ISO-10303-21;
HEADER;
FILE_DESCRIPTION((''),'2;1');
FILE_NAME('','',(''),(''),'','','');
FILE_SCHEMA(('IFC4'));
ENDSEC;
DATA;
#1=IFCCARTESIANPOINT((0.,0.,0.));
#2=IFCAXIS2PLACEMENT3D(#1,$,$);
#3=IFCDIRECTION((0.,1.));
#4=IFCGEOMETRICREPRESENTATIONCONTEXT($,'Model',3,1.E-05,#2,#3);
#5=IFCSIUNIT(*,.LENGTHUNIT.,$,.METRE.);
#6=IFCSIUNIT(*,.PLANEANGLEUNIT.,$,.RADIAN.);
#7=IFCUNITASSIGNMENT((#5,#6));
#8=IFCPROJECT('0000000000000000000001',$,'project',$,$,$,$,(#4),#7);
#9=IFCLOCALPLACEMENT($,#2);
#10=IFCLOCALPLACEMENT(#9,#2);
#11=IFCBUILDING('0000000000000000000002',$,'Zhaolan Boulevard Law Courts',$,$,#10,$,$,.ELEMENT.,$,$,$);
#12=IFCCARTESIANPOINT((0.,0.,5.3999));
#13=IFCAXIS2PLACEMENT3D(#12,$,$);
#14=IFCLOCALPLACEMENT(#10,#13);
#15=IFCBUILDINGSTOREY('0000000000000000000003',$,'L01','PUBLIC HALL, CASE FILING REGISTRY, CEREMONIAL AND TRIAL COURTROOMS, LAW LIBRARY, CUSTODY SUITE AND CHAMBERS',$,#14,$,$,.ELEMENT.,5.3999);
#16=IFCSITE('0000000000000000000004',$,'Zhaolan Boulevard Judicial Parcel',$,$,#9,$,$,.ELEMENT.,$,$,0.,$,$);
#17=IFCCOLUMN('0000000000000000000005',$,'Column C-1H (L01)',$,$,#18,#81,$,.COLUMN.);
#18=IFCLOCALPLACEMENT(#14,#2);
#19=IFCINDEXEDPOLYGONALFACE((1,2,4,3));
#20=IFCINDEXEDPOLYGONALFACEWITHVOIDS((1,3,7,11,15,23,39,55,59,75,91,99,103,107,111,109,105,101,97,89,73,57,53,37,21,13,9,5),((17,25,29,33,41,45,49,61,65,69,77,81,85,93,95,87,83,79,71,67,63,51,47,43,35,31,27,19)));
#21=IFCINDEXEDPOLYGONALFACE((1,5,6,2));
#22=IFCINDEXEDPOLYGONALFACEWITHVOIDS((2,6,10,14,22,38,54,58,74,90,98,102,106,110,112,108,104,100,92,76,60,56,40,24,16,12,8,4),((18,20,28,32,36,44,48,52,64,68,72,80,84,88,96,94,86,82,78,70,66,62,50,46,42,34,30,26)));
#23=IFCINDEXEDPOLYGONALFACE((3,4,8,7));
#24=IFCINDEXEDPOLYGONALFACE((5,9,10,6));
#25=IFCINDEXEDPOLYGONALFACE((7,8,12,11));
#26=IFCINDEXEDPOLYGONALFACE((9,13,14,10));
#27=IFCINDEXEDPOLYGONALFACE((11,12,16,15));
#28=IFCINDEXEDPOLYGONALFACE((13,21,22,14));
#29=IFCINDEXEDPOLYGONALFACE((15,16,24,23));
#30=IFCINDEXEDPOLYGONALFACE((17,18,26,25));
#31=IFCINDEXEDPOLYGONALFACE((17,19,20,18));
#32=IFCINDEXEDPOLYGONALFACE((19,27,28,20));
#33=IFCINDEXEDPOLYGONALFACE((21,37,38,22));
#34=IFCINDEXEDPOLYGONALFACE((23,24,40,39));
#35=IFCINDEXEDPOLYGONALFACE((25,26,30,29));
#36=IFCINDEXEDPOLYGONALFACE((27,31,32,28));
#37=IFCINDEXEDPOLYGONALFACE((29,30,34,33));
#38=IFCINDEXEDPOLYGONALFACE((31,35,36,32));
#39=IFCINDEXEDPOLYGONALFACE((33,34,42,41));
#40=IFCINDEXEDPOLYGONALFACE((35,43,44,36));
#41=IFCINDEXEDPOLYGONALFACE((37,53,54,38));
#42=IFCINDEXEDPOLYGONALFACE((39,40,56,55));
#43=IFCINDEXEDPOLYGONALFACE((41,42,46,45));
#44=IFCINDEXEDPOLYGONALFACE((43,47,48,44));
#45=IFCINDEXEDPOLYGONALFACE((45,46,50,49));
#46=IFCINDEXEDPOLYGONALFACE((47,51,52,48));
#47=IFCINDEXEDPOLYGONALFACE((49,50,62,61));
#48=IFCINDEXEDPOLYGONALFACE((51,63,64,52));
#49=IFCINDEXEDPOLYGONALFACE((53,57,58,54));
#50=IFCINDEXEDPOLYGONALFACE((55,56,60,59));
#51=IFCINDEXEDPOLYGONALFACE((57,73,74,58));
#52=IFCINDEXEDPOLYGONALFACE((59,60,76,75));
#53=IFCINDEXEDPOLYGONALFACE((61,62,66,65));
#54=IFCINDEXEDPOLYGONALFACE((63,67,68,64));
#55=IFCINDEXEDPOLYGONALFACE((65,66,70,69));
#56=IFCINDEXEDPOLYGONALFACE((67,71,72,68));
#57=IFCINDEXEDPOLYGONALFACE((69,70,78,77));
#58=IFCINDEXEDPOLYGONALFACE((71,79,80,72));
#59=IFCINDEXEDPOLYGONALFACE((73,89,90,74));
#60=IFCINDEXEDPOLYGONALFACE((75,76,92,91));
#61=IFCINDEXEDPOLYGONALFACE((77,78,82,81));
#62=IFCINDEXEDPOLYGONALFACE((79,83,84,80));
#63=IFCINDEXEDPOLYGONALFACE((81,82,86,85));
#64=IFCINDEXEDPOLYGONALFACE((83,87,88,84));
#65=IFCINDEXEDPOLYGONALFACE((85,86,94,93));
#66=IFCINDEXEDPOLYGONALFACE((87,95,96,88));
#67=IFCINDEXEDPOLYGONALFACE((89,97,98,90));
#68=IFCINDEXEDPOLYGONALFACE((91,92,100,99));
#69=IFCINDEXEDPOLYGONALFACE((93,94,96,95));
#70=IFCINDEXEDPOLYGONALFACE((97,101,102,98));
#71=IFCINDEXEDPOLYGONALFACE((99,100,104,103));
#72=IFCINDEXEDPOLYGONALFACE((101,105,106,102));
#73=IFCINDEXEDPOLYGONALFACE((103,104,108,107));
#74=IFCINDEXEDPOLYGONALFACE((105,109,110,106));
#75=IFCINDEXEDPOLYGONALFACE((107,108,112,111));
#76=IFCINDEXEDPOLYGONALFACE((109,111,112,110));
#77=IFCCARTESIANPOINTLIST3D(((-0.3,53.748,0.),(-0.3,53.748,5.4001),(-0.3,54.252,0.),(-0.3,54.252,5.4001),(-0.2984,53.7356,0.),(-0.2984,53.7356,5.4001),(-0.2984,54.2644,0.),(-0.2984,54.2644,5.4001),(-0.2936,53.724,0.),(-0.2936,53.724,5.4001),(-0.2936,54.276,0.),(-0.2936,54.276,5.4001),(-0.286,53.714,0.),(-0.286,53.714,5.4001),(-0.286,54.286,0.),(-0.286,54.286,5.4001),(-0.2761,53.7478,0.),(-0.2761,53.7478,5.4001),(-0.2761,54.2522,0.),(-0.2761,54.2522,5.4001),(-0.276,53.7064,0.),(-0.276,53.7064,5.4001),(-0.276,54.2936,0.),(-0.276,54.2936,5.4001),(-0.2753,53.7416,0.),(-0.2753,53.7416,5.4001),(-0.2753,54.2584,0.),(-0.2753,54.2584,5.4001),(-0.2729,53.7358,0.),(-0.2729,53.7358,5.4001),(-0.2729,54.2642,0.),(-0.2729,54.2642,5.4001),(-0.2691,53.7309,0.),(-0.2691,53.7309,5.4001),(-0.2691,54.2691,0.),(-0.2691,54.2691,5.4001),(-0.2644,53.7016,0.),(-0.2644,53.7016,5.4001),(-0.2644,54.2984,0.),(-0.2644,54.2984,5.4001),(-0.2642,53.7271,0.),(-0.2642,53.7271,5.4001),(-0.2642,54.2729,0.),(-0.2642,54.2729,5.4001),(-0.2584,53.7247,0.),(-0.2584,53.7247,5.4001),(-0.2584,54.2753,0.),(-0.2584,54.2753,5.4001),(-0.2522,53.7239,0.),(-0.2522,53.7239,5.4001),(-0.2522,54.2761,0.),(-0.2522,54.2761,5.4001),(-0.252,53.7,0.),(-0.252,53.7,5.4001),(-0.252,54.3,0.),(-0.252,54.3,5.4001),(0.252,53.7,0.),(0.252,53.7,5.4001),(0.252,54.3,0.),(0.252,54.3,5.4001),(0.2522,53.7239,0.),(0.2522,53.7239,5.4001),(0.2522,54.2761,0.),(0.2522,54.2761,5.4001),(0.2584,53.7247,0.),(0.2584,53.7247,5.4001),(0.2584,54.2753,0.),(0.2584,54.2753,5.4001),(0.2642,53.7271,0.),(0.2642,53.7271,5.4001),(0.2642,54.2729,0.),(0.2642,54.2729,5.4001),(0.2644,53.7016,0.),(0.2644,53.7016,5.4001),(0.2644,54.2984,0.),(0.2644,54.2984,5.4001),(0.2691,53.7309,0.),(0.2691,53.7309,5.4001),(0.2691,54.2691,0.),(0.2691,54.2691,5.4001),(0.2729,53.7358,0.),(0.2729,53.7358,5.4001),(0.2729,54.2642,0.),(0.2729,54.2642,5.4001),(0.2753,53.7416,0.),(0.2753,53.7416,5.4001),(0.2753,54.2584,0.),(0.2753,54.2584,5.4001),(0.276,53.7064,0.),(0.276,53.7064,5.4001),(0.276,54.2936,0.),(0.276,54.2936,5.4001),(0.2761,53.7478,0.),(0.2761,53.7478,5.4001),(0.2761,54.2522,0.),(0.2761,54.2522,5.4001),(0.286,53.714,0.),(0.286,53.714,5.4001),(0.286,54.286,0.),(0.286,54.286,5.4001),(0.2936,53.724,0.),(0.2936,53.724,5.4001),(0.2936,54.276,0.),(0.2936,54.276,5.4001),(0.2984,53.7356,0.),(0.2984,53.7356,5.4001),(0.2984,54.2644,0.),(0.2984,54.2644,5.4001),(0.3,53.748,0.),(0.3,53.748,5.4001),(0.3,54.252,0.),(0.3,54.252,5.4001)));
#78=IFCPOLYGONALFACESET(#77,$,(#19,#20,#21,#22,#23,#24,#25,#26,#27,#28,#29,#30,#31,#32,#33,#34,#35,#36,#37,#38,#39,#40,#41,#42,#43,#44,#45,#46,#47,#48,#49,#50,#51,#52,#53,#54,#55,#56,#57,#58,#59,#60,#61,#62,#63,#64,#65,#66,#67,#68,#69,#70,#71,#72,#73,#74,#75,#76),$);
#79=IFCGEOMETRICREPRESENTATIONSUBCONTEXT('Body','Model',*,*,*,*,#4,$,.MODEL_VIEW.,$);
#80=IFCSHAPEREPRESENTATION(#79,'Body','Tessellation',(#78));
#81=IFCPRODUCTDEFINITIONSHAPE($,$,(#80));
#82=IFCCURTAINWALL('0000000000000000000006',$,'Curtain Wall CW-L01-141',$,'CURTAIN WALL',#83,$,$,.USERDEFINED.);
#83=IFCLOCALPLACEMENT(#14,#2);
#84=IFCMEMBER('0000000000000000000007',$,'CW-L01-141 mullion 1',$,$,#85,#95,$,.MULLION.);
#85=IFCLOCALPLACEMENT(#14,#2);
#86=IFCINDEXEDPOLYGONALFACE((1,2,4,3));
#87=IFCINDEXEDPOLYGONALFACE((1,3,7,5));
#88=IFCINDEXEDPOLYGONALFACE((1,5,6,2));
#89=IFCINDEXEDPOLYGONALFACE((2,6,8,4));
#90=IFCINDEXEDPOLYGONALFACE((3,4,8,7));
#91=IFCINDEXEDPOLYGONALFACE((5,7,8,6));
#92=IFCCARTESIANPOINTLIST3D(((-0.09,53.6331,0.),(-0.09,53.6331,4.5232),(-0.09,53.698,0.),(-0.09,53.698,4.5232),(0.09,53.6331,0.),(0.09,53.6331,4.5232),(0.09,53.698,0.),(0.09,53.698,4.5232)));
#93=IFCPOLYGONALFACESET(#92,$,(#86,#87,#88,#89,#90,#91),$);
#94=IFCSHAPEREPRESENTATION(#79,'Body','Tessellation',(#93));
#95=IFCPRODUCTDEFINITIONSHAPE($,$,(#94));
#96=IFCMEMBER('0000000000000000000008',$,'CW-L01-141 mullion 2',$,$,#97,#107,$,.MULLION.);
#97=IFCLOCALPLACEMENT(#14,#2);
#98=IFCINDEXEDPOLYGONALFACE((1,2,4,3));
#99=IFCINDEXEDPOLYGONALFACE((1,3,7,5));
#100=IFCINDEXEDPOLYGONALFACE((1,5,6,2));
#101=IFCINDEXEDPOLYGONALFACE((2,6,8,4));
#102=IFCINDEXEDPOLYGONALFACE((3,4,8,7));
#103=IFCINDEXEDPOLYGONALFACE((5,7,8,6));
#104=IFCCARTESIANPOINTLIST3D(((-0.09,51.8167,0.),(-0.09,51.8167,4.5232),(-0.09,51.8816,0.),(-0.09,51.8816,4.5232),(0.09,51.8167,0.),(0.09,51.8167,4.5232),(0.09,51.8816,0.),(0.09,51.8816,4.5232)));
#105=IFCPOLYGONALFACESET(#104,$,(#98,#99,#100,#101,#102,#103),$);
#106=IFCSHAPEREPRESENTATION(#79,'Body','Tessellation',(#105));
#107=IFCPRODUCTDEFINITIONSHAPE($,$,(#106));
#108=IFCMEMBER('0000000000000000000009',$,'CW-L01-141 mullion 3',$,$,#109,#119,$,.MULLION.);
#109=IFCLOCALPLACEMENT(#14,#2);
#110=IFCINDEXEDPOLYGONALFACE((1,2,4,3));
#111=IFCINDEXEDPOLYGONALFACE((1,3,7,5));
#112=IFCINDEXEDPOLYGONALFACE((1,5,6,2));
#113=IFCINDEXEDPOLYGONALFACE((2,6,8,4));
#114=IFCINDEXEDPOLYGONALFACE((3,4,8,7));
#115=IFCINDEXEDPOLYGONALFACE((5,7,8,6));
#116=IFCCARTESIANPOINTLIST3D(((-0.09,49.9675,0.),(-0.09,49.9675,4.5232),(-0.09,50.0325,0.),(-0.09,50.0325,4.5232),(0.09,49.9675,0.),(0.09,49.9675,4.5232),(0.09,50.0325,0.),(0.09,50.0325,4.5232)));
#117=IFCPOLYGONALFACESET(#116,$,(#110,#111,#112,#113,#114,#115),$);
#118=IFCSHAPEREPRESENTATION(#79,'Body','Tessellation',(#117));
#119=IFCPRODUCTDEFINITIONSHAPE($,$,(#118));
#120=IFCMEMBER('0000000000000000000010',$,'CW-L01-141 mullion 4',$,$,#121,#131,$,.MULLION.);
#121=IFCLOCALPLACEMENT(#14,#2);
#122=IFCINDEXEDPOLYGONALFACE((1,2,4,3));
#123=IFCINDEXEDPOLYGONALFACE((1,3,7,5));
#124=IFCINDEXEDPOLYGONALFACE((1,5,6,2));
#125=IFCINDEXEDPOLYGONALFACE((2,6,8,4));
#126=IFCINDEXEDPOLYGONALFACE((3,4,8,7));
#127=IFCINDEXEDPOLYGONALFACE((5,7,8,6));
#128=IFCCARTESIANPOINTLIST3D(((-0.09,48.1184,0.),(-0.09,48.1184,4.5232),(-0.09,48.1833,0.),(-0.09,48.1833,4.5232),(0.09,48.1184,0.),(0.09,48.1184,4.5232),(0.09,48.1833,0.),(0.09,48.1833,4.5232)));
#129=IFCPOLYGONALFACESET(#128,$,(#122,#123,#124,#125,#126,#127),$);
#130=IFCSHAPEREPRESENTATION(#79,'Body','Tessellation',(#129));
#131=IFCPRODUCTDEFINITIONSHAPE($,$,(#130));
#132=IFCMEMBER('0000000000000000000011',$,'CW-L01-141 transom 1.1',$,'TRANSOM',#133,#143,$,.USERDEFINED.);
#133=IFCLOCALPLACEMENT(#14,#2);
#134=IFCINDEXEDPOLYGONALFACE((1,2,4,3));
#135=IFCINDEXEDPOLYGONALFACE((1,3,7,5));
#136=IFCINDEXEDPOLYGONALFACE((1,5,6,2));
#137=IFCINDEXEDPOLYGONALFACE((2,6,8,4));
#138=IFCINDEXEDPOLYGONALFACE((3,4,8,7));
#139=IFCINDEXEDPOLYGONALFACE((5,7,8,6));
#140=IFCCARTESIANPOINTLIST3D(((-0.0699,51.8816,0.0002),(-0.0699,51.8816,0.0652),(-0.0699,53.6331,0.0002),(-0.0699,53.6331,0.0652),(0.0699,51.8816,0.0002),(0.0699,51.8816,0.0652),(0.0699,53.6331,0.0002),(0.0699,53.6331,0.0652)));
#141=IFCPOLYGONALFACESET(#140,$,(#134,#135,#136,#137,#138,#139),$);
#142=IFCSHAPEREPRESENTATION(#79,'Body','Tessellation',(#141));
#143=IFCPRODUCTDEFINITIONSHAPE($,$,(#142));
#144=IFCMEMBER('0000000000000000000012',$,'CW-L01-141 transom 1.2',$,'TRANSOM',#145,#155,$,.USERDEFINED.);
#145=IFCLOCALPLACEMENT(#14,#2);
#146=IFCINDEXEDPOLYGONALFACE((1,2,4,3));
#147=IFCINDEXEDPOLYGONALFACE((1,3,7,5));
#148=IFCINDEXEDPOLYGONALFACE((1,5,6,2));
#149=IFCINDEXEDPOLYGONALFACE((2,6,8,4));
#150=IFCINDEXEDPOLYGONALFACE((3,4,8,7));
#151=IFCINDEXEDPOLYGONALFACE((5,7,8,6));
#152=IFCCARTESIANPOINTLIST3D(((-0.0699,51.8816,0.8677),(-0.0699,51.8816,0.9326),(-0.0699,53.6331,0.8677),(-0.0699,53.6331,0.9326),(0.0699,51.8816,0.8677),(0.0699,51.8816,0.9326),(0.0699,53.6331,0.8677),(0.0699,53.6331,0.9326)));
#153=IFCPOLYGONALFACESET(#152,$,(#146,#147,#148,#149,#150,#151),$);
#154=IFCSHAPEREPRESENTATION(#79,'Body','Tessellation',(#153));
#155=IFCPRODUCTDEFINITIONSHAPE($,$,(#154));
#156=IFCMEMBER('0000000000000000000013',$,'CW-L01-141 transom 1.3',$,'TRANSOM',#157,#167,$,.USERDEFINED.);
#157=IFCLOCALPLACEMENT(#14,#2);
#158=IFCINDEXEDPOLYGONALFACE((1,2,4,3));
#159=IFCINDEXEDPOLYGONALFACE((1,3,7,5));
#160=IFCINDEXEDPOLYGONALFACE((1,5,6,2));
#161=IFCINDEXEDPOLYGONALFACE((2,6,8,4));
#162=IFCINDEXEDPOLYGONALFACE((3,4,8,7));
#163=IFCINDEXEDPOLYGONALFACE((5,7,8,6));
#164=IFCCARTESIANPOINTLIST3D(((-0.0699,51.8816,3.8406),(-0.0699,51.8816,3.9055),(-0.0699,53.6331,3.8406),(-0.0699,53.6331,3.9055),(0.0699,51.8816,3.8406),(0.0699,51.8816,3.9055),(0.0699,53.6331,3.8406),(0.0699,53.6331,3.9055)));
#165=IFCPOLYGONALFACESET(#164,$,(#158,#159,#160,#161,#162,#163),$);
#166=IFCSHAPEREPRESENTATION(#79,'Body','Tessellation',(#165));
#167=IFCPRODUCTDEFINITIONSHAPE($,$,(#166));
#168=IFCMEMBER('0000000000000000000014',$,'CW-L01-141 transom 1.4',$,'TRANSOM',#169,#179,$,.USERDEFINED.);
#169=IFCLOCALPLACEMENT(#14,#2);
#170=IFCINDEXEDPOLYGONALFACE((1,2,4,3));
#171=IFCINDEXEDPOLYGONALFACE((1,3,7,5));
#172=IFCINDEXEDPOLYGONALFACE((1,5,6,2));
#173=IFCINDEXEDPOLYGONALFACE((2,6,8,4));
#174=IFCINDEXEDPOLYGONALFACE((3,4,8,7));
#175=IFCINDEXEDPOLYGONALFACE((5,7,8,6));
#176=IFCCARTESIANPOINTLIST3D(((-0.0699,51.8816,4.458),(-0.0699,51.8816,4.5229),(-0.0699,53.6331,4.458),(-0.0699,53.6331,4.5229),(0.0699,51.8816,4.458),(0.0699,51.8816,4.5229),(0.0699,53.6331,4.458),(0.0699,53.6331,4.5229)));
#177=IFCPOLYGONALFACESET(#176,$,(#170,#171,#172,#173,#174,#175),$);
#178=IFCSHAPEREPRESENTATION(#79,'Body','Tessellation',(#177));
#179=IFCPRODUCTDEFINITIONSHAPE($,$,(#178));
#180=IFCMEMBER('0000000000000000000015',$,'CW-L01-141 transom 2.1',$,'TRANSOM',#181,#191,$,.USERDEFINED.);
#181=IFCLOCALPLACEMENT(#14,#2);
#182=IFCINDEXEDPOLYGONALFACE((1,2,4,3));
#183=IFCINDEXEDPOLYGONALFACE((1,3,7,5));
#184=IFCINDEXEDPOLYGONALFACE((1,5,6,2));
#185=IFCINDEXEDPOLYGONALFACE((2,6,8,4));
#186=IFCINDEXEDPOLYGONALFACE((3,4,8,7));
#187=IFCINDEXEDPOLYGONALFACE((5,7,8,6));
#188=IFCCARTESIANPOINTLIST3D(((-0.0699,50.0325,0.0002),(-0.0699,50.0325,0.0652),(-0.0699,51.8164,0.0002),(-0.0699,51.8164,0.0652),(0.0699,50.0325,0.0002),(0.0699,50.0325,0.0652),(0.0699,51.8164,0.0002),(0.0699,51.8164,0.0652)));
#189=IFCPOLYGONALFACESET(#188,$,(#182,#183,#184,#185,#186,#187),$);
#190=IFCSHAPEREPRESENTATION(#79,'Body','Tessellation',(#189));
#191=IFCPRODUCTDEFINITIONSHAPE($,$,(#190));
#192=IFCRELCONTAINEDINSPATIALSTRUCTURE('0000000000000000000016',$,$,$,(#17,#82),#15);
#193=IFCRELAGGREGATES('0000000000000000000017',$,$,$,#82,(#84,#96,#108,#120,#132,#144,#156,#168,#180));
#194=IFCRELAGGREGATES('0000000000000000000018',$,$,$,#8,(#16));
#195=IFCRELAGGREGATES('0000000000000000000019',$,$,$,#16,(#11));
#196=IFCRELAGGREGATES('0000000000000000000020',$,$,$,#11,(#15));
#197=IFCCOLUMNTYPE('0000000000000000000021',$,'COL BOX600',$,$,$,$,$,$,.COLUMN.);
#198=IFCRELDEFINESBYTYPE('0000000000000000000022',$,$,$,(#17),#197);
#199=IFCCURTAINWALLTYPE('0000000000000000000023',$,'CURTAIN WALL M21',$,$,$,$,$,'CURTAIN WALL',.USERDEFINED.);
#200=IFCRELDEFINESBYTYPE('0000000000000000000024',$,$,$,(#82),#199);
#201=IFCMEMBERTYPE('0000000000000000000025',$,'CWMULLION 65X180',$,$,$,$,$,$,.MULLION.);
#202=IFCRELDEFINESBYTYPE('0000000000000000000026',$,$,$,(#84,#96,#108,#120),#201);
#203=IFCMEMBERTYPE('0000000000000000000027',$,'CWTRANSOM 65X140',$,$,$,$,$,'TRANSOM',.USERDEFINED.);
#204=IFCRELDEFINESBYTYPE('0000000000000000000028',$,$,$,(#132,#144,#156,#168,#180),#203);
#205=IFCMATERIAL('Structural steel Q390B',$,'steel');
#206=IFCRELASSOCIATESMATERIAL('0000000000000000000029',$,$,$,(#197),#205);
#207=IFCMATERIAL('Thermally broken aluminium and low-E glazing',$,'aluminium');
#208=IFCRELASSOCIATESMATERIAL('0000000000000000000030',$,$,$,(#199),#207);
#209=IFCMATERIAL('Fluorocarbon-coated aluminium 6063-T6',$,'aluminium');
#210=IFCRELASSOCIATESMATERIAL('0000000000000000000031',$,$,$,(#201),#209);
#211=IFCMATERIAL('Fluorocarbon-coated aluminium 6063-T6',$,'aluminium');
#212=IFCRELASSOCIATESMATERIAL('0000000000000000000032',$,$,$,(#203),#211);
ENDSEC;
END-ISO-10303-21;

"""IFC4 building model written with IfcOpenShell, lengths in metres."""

from ifc_helpers import new_model, si_unit, direction, frame, origin, origin_2d, place, context, subcontext, project, spatial, rectangle, hollow_rectangle, extrude, material, material_profile, profile_set, type_object, element, aggregate, save


model = new_model("IFC4")

# Units and contexts
model_context = context("Model", 3, precision=1e-05, world=origin(), true_north=direction((0.0, 1.0)))
body_context = subcontext(model_context, "Body", "Model", "MODEL_VIEW")
ifc_project = project(units=[si_unit("LENGTHUNIT", "METRE"), si_unit("PLANEANGLEUNIT", "RADIAN")], contexts=[model_context])

# Site, building, storey
site_placement = place(None, origin())
site = spatial("IfcSite", under=ifc_project, at=site_placement, Name="Zhaolan Boulevard Judicial Parcel", CompositionType="ELEMENT", RefElevation=0.0)
building_placement = place(site_placement, origin())
building = spatial("IfcBuilding", under=site, at=building_placement, Name="Zhaolan Boulevard Law Courts", CompositionType="ELEMENT")
storey_placement = place(building_placement, frame((0.0, 0.0, 5.3999)))
storey = spatial("IfcBuildingStorey", under=building, at=storey_placement, Name="L01", Description="PUBLIC HALL, CASE FILING REGISTRY, CEREMONIAL AND TRIAL COURTROOMS, LAW LIBRARY, CUSTODY SUITE AND CHAMBERS", CompositionType="ELEMENT", Elevation=5.3999)

# Column
ifc_material_1 = material(Name="Structural steel Q390B", Category="steel")
ifc_material_profile_1 = material_profile(ifc_material_1, hollow_rectangle(XDim=0.6001, YDim=0.6001, WallThickness=0.0239, InnerFilletRadius=0.0239, OuterFilletRadius=0.0481, at=origin_2d()), Name="BOX600x600x24")
ifc_profile_set_1 = profile_set([ifc_material_profile_1], Name="Structural steel Q390B")
column_type = type_object("IfcColumnType", Name="COL BOX600", PredefinedType="COLUMN", material=ifc_profile_set_1)
column_placement = place(storey_placement, frame((0.0, 54.0, 0.0), z_axis=(0.0, 0.0, 1.0), x_axis=(1.0, 0.0, 0.0)))
element("IfcColumn", 1, at=column_placement, inside=storey, type_object=column_type, Name="Column C-1H (L01)", PredefinedType="COLUMN", context=body_context, shape_type="SweptSolid", body=[
    extrude(hollow_rectangle(XDim=0.6001, YDim=0.6001, WallThickness=0.0239, InnerFilletRadius=0.0239, OuterFilletRadius=0.0481, at=origin_2d()), origin(), (0.0, 0.0, 1.0), 5.4001),
])

# Curtain wall, members
ifc_material_2 = material(Name="Thermally broken aluminium and low-E glazing", Category="aluminium")
curtain_wall_type = type_object("IfcCurtainWallType", Name="CURTAIN WALL M21", ElementType="CURTAIN WALL", PredefinedType="USERDEFINED", material=ifc_material_2)
curtain_wall_placement = place(storey_placement, origin())
curtain_wall = element("IfcCurtainWall", 2, at=curtain_wall_placement, inside=storey, type_object=curtain_wall_type, Name="Curtain Wall CW-L01-141", ObjectType="CURTAIN WALL", PredefinedType="USERDEFINED")
ifc_material_3 = material(Name="Fluorocarbon-coated aluminium 6063-T6", Category="aluminium")
ifc_material_profile_2 = material_profile(ifc_material_3, rectangle(XDim=0.1799, YDim=0.0649, at=origin_2d()), Name="AL65x180")
ifc_profile_set_2 = profile_set([ifc_material_profile_2], Name="Fluorocarbon-coated aluminium 6063-T6")
member_type_1 = type_object("IfcMemberType", Name="CWMULLION 65X180", PredefinedType="MULLION", material=ifc_profile_set_2)
member_1_placement = place(storey_placement, frame((0.0, 53.6655, 0.0), z_axis=(0.0, 0.0, 1.0), x_axis=(1.0, 0.0, 0.0)))
member_1 = element("IfcMember", 3, at=member_1_placement, type_object=member_type_1, Name="CW-L01-141 mullion 1", PredefinedType="MULLION", context=body_context, shape_type="SweptSolid", body=[
    extrude(rectangle(XDim=0.1799, YDim=0.0649, at=origin_2d()), origin(), (0.0, 0.0, 1.0), 4.5232),
])
member_2_placement = place(storey_placement, frame((0.0, 51.8491, 0.0), z_axis=(0.0, 0.0, 1.0), x_axis=(1.0, 0.0, 0.0)))
member_2 = element("IfcMember", 4, at=member_2_placement, type_object=member_type_1, Name="CW-L01-141 mullion 2", PredefinedType="MULLION", context=body_context, shape_type="SweptSolid", body=[
    extrude(rectangle(XDim=0.1799, YDim=0.0649, at=origin_2d()), origin(), (0.0, 0.0, 1.0), 4.5232),
])
member_3_placement = place(storey_placement, frame((0.0, 50.0, 0.0), z_axis=(0.0, 0.0, 1.0), x_axis=(1.0, 0.0, 0.0)))
member_3 = element("IfcMember", 5, at=member_3_placement, type_object=member_type_1, Name="CW-L01-141 mullion 3", PredefinedType="MULLION", context=body_context, shape_type="SweptSolid", body=[
    extrude(rectangle(XDim=0.1799, YDim=0.0649, at=origin_2d()), origin(), (0.0, 0.0, 1.0), 4.5232),
])
member_4_placement = place(storey_placement, frame((0.0, 48.1509, 0.0), z_axis=(0.0, 0.0, 1.0), x_axis=(1.0, 0.0, 0.0)))
member_4 = element("IfcMember", 6, at=member_4_placement, type_object=member_type_1, Name="CW-L01-141 mullion 4", PredefinedType="MULLION", context=body_context, shape_type="SweptSolid", body=[
    extrude(rectangle(XDim=0.1799, YDim=0.0649, at=origin_2d()), origin(), (0.0, 0.0, 1.0), 4.5232),
])
ifc_material_4 = material(Name="Fluorocarbon-coated aluminium 6063-T6", Category="aluminium")
ifc_material_profile_3 = material_profile(ifc_material_4, rectangle(XDim=0.1399, YDim=0.0649, at=origin_2d()), Name="AL65x140")
ifc_profile_set_3 = profile_set([ifc_material_profile_3], Name="Fluorocarbon-coated aluminium 6063-T6")
member_type_2 = type_object("IfcMemberType", Name="CWTRANSOM 65X140", ElementType="TRANSOM", PredefinedType="USERDEFINED", material=ifc_profile_set_3)
member_5_placement = place(storey_placement, frame((0.0, 53.6331, 0.0327), z_axis=(0.0, -1.0, 0.0), x_axis=(1.0, 0.0, 0.0)))
member_5 = element("IfcMember", 7, at=member_5_placement, type_object=member_type_2, Name="CW-L01-141 transom 1.1", ObjectType="TRANSOM", PredefinedType="USERDEFINED", context=body_context, shape_type="SweptSolid", body=[
    extrude(rectangle(XDim=0.1399, YDim=0.0649, at=origin_2d()), origin(), (0.0, 0.0, 1.0), 1.7515),
])
member_6_placement = place(storey_placement, frame((0.0, 53.6331, 0.9001), z_axis=(0.0, -1.0, 0.0), x_axis=(1.0, 0.0, 0.0)))
member_6 = element("IfcMember", 8, at=member_6_placement, type_object=member_type_2, Name="CW-L01-141 transom 1.2", ObjectType="TRANSOM", PredefinedType="USERDEFINED", context=body_context, shape_type="SweptSolid", body=[
    extrude(rectangle(XDim=0.1399, YDim=0.0649, at=origin_2d()), origin(), (0.0, 0.0, 1.0), 1.7515),
])
member_7_placement = place(storey_placement, frame((0.0, 53.6331, 3.873), z_axis=(0.0, -1.0, 0.0), x_axis=(1.0, 0.0, 0.0)))
member_7 = element("IfcMember", 9, at=member_7_placement, type_object=member_type_2, Name="CW-L01-141 transom 1.3", ObjectType="TRANSOM", PredefinedType="USERDEFINED", context=body_context, shape_type="SweptSolid", body=[
    extrude(rectangle(XDim=0.1399, YDim=0.0649, at=origin_2d()), origin(), (0.0, 0.0, 1.0), 1.7515),
])
member_8_placement = place(storey_placement, frame((0.0, 53.6331, 4.4905), z_axis=(0.0, -1.0, 0.0), x_axis=(1.0, 0.0, 0.0)))
member_8 = element("IfcMember", 10, at=member_8_placement, type_object=member_type_2, Name="CW-L01-141 transom 1.4", ObjectType="TRANSOM", PredefinedType="USERDEFINED", context=body_context, shape_type="SweptSolid", body=[
    extrude(rectangle(XDim=0.1399, YDim=0.0649, at=origin_2d()), origin(), (0.0, 0.0, 1.0), 1.7515),
])
member_9_placement = place(storey_placement, frame((0.0, 51.8164, 0.0327), z_axis=(0.0, -1.0, 0.0), x_axis=(1.0, 0.0, 0.0)))
member_9 = element("IfcMember", 11, at=member_9_placement, type_object=member_type_2, Name="CW-L01-141 transom 2.1", ObjectType="TRANSOM", PredefinedType="USERDEFINED", context=body_context, shape_type="SweptSolid", body=[
    extrude(rectangle(XDim=0.1399, YDim=0.0649, at=origin_2d()), origin(), (0.0, 0.0, 1.0), 1.7839),
])

aggregate(curtain_wall, [member_1, member_2, member_3, member_4, member_5, member_6, member_7, member_8, member_9])

save(model, "model.ifc")
